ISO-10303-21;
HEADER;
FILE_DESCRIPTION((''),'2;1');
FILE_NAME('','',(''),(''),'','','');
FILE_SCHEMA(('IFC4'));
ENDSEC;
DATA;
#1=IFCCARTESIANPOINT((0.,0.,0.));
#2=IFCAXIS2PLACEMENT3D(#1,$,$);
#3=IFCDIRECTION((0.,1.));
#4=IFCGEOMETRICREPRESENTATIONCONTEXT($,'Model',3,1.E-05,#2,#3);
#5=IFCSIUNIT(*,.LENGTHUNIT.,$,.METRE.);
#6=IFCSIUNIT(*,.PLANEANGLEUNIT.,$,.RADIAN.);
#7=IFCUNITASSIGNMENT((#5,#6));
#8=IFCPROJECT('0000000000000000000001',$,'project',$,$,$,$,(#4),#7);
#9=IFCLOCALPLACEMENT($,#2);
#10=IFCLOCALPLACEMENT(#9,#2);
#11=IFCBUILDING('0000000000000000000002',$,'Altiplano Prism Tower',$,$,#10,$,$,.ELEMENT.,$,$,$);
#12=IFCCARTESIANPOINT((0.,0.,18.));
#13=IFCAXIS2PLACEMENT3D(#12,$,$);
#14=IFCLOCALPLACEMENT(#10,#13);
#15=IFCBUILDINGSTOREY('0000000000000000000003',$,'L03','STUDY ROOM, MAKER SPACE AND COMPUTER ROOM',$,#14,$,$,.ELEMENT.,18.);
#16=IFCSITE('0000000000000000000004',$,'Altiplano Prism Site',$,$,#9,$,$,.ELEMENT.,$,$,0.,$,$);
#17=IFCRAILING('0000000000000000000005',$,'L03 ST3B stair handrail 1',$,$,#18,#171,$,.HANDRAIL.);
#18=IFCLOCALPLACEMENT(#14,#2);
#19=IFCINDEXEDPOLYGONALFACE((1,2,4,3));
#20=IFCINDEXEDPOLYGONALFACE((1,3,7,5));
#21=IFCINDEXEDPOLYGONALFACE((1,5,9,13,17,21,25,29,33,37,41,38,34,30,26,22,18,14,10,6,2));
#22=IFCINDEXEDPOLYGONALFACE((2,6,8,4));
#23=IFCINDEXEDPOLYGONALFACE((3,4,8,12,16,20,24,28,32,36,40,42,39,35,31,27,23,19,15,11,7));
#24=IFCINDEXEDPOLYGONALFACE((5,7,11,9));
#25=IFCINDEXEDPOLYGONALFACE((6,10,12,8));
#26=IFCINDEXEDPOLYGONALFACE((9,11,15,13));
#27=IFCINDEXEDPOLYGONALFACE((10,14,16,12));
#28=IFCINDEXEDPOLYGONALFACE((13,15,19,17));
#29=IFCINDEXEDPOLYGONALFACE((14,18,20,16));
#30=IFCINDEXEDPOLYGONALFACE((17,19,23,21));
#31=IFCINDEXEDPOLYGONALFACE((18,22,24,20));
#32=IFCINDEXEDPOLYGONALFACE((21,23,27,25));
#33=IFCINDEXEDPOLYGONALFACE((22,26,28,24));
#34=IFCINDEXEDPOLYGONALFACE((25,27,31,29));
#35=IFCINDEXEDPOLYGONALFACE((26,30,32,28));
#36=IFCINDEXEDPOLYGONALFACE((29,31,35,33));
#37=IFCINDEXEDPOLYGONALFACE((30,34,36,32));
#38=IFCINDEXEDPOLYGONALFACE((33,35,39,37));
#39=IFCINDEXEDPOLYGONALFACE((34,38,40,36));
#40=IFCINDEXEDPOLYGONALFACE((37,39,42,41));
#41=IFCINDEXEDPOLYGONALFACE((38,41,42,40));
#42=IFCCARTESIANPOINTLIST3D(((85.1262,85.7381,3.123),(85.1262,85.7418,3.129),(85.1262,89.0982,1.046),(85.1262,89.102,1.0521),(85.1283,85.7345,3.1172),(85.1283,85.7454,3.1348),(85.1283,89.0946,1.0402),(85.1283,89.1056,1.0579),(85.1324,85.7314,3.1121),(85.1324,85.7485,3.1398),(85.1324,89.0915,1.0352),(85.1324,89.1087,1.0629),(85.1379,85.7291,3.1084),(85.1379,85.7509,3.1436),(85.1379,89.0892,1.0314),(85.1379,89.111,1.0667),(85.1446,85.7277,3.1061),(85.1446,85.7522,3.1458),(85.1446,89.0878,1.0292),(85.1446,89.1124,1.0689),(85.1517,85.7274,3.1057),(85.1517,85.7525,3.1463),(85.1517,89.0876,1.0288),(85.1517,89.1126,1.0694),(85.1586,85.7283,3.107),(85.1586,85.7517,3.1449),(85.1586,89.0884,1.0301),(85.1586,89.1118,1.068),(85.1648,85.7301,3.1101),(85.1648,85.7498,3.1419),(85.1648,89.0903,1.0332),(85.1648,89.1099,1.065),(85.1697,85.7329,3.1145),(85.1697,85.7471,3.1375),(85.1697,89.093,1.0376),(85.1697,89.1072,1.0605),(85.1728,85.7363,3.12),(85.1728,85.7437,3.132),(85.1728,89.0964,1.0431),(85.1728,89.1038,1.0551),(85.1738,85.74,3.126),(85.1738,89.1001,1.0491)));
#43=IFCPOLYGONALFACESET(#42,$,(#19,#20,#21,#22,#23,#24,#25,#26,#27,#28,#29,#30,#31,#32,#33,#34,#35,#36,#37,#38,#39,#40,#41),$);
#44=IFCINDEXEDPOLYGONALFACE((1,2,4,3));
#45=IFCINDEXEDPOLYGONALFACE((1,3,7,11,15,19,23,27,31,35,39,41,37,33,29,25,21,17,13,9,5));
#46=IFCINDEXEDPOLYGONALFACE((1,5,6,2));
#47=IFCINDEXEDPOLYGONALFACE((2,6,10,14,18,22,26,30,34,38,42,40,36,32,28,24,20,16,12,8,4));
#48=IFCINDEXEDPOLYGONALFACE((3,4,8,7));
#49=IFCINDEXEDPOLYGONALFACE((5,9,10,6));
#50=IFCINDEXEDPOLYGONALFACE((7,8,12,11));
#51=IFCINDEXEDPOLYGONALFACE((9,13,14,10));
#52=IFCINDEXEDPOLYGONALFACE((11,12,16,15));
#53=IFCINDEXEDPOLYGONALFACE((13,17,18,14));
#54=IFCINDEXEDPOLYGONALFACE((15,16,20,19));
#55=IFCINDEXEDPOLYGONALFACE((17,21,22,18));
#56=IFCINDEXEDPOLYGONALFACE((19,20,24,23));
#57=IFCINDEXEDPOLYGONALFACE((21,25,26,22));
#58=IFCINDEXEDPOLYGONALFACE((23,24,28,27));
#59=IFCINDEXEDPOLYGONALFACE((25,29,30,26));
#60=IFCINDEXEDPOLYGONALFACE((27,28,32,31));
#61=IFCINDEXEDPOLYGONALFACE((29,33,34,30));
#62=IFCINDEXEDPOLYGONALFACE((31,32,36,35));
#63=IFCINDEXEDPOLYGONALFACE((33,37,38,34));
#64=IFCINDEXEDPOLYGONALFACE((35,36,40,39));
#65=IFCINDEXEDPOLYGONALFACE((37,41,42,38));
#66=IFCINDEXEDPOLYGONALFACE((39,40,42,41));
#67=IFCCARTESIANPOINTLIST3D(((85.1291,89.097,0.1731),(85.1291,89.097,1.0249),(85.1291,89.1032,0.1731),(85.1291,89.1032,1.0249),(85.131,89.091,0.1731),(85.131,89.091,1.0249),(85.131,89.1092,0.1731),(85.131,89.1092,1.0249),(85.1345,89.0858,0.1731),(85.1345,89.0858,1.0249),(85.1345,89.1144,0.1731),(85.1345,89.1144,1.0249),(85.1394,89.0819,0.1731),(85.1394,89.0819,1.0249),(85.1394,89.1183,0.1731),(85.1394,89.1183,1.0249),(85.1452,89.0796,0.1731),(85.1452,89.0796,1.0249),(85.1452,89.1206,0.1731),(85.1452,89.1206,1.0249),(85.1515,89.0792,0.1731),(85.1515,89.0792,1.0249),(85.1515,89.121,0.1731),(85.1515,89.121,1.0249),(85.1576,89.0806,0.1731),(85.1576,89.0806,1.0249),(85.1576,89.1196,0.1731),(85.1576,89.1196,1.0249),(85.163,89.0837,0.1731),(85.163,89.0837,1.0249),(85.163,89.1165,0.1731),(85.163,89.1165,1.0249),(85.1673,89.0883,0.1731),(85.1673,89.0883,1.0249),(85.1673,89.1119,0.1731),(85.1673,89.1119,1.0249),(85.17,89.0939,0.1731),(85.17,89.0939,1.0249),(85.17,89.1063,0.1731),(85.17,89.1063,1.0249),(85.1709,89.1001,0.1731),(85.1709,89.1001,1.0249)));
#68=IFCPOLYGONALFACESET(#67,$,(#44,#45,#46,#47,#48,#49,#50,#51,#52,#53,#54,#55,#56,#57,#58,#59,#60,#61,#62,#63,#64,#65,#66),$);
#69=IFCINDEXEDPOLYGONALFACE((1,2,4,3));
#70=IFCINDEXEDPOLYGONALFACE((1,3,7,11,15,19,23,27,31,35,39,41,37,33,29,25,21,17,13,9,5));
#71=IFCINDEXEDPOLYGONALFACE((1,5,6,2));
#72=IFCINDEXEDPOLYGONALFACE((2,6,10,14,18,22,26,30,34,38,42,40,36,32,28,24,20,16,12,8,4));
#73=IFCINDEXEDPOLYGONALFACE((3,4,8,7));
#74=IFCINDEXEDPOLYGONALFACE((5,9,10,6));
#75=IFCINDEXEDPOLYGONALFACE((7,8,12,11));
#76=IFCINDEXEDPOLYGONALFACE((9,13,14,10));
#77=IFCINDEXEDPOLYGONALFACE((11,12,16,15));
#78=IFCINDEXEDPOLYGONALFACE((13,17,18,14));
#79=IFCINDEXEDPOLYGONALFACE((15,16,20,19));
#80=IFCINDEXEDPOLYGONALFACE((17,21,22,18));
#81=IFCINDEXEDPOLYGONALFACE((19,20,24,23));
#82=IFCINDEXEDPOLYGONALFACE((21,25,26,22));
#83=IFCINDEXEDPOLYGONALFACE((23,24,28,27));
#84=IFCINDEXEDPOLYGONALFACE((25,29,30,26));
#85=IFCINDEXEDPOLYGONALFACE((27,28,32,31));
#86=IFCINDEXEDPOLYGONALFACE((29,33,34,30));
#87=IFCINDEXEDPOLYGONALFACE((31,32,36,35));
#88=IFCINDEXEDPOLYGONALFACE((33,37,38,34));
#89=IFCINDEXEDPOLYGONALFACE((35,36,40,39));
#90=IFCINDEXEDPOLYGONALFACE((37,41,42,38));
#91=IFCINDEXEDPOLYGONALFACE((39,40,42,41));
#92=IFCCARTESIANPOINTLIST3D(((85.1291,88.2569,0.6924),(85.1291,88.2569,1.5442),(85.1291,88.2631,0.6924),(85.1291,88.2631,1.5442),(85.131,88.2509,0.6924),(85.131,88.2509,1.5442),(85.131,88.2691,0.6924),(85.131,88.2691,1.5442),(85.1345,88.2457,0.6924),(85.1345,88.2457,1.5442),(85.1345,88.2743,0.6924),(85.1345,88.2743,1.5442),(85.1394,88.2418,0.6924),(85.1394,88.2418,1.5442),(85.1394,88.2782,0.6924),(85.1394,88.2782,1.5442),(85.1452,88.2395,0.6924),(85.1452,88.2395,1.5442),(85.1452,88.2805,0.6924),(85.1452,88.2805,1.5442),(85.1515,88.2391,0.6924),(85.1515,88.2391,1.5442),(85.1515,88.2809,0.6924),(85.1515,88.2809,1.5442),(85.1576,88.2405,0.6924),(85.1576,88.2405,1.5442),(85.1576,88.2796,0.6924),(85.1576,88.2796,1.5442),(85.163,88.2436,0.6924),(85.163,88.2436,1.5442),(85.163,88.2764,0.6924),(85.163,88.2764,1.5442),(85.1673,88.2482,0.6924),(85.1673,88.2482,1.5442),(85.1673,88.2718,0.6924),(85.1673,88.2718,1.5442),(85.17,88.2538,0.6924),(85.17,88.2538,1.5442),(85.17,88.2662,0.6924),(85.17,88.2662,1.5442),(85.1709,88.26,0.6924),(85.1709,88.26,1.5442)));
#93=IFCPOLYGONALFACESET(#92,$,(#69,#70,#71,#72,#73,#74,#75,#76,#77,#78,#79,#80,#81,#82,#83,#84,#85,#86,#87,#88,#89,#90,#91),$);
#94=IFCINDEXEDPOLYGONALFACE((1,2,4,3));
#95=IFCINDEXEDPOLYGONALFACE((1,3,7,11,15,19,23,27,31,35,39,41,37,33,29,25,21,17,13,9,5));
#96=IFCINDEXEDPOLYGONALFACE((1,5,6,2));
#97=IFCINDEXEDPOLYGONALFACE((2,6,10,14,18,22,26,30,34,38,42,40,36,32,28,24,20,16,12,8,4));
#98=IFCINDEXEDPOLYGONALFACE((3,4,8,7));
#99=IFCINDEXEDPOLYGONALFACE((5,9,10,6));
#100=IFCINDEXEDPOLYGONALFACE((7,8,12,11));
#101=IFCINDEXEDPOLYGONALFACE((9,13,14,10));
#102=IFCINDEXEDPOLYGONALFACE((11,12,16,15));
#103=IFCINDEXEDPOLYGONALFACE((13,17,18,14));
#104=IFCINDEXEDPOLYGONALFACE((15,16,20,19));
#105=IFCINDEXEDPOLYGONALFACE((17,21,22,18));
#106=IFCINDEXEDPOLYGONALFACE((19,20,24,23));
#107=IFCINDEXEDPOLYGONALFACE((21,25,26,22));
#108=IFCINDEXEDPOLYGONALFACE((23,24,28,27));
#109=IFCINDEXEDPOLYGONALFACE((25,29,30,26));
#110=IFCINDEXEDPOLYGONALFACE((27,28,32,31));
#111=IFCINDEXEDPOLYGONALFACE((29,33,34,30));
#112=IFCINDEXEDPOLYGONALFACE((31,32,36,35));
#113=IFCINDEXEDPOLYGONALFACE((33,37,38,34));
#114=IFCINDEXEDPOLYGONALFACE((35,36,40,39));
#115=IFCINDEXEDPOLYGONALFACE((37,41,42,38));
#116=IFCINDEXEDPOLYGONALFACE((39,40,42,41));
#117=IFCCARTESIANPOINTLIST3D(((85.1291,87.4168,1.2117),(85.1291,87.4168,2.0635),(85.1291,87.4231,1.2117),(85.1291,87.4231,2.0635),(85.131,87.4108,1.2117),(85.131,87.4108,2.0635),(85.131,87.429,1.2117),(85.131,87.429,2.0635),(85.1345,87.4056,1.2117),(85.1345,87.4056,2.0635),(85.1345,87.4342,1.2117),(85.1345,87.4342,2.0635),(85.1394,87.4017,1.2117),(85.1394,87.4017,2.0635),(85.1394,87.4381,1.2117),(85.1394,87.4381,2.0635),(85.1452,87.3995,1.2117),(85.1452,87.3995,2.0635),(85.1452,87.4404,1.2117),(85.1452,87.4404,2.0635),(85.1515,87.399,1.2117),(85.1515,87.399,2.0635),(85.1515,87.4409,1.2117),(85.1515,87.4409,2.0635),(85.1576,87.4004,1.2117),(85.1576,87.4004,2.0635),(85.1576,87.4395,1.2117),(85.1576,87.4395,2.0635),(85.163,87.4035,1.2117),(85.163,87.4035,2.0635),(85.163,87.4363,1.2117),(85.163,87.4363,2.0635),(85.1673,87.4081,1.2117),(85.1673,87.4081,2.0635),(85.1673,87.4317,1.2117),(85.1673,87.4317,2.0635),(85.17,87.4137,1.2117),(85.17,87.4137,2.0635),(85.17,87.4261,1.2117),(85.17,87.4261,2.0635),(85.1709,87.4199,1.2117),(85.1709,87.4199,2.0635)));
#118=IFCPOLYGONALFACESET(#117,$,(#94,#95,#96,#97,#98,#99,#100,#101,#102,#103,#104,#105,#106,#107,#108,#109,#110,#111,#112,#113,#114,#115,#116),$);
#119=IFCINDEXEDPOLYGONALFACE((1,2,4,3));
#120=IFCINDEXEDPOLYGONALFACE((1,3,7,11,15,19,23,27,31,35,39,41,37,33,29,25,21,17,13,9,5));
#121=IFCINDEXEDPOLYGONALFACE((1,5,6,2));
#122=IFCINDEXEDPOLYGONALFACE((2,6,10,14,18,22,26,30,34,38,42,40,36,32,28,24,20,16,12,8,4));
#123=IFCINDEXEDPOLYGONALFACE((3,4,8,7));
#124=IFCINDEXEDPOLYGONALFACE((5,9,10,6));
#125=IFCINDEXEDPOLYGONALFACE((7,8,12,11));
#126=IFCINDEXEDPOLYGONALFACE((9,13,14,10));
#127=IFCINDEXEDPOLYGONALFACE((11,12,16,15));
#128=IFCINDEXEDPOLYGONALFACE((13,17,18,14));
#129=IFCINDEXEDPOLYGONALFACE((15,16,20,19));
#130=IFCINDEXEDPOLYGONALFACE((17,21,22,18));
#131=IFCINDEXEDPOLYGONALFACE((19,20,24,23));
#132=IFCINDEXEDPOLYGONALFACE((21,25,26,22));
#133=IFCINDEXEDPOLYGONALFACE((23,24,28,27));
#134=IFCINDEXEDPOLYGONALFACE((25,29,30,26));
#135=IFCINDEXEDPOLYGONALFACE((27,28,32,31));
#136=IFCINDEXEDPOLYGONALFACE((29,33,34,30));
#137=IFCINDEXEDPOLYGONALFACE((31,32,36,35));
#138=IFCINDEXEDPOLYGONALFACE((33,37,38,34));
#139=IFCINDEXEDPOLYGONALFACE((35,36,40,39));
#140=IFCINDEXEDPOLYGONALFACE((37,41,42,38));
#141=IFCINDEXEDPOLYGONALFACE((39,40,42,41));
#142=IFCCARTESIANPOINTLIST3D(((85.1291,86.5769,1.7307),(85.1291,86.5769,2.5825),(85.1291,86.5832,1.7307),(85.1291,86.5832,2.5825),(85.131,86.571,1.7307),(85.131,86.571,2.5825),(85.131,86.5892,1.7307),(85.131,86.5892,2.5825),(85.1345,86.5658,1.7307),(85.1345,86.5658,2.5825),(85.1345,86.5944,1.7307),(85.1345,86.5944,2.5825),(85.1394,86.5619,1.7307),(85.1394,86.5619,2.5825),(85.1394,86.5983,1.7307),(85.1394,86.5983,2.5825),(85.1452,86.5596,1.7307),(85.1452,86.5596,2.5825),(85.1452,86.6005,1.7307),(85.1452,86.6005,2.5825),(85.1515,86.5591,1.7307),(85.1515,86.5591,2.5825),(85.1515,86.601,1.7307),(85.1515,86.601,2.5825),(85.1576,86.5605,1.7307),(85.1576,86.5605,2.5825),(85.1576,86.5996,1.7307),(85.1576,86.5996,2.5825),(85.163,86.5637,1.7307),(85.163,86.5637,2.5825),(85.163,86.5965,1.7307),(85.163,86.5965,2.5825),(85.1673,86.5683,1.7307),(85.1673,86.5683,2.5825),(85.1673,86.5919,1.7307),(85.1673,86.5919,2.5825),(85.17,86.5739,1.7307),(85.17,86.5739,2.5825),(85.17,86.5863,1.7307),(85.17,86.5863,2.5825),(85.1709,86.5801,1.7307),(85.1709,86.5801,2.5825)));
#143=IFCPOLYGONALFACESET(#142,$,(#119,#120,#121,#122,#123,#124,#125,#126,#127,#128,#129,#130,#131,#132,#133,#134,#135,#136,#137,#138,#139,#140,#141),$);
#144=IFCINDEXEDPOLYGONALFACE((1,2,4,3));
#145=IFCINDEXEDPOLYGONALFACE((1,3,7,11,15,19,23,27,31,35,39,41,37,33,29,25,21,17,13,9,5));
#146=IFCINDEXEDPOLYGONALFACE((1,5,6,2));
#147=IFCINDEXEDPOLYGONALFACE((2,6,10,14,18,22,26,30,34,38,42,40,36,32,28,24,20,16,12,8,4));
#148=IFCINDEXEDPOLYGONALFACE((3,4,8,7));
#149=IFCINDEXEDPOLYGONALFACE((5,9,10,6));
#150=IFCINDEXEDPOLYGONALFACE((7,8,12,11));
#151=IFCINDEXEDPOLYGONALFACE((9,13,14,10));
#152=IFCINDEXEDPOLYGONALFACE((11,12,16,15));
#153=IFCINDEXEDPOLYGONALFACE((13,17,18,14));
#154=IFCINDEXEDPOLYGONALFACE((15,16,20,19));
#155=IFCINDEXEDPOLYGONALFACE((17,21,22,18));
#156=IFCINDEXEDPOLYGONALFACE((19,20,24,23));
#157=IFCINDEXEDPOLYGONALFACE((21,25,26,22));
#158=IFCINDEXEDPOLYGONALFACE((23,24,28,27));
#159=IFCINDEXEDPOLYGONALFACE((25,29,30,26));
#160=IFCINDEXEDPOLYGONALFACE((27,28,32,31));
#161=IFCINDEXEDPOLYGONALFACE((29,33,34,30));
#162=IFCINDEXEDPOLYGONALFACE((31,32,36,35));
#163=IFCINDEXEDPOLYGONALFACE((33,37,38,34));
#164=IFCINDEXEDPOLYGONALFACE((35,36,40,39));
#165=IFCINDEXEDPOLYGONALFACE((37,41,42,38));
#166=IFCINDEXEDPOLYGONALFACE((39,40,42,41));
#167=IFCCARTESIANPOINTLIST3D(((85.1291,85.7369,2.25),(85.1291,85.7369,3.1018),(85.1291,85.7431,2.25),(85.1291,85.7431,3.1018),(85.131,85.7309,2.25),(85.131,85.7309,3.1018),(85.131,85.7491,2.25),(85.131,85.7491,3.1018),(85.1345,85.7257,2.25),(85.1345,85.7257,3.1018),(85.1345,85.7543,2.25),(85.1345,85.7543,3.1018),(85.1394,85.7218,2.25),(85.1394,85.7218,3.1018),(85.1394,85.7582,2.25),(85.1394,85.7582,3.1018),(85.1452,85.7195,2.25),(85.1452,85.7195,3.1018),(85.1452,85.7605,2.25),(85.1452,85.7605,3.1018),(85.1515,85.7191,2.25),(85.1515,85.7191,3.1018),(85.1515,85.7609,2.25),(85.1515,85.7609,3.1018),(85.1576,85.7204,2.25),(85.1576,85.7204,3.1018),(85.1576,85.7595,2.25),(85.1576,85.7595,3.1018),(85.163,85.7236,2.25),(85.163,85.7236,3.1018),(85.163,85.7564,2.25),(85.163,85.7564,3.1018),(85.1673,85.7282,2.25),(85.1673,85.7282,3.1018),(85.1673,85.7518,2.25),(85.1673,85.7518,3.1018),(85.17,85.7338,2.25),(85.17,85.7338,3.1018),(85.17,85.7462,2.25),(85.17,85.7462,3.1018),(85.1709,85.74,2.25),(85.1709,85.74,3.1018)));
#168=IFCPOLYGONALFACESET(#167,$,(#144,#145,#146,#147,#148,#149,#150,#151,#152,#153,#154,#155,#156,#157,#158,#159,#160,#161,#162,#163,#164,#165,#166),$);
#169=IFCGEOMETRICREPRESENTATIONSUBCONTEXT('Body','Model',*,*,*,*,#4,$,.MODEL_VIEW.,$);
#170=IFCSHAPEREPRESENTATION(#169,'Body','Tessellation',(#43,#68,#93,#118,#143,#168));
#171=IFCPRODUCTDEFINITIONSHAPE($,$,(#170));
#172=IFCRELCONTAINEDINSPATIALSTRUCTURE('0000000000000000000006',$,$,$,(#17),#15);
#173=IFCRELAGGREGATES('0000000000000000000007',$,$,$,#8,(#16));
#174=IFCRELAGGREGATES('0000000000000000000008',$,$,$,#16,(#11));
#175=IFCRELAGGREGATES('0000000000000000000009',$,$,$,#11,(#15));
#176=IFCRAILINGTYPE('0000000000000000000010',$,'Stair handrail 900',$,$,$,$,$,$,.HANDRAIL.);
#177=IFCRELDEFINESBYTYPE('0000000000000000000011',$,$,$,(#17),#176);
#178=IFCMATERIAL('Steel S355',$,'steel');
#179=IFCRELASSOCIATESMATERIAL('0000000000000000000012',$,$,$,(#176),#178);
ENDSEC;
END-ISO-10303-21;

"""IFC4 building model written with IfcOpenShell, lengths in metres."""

from ifc_helpers import new_model, si_unit, direction, frame, origin, origin_2d, place, context, subcontext, project, spatial, circle, extrude, material, type_object, element, save


model = new_model("IFC4")

# Units and contexts
model_context = context("Model", 3, precision=1e-05, world=origin(), true_north=direction((0.0, 1.0)))
body_context = subcontext(model_context, "Body", "Model", "MODEL_VIEW")
ifc_project = project(units=[si_unit("LENGTHUNIT", "METRE"), si_unit("PLANEANGLEUNIT", "RADIAN")], contexts=[model_context])

# Site, building, storey
site_placement = place(None, origin())
site = spatial("IfcSite", under=ifc_project, at=site_placement, Name="Altiplano Prism Site", CompositionType="ELEMENT", RefElevation=0.0)
building_placement = place(site_placement, origin())
building = spatial("IfcBuilding", under=site, at=building_placement, Name="Altiplano Prism Tower", CompositionType="ELEMENT")
storey_placement = place(building_placement, frame((0.0, 0.0, 18.0)))
storey = spatial("IfcBuildingStorey", under=building, at=storey_placement, Name="L03", Description="STUDY ROOM, MAKER SPACE AND COMPUTER ROOM", CompositionType="ELEMENT", Elevation=18.0)

# Railing
ifc_material_1 = material(Name="Steel S355", Category="steel")
railing_type_1 = type_object("IfcRailingType", Name="Stair handrail 900", PredefinedType="HANDRAIL", material=ifc_material_1)
railing_1_placement = place(storey_placement, frame((85.1499, 89.1001, 0.1731)))
element("IfcRailing", 1, at=railing_1_placement, inside=storey, type_object=railing_type_1, Name="L03 ST3B stair handrail 1", PredefinedType="HANDRAIL", context=body_context, shape_type="SweptSolid", body=[
    extrude(circle(Radius=0.0239, at=origin_2d()), frame((0.0, 0.0, 0.876), z_axis=(0.0, -0.850623, 0.525776), x_axis=(1.0, 0.0, 0.0)), (0.0, 0.0, 1.0), 3.9502),
    extrude(circle(Radius=0.021, at=origin_2d()), origin(), (0.0, 0.0, 1.0), 0.8518),
    extrude(circle(Radius=0.021, at=origin_2d()), frame((0.0, -0.8401, 0.5193)), (0.0, 0.0, 1.0), 0.8518),
    extrude(circle(Radius=0.021, at=origin_2d()), frame((0.0, -1.6802, 1.0386)), (0.0, 0.0, 1.0), 0.8518),
    extrude(circle(Radius=0.021, at=origin_2d()), frame((0.0, -2.52, 1.5576)), (0.0, 0.0, 1.0), 0.8518),
    extrude(circle(Radius=0.021, at=origin_2d()), frame((0.0, -3.3601, 2.0769)), (0.0, 0.0, 1.0), 0.8518),
])

save(model, "model.ifc")
